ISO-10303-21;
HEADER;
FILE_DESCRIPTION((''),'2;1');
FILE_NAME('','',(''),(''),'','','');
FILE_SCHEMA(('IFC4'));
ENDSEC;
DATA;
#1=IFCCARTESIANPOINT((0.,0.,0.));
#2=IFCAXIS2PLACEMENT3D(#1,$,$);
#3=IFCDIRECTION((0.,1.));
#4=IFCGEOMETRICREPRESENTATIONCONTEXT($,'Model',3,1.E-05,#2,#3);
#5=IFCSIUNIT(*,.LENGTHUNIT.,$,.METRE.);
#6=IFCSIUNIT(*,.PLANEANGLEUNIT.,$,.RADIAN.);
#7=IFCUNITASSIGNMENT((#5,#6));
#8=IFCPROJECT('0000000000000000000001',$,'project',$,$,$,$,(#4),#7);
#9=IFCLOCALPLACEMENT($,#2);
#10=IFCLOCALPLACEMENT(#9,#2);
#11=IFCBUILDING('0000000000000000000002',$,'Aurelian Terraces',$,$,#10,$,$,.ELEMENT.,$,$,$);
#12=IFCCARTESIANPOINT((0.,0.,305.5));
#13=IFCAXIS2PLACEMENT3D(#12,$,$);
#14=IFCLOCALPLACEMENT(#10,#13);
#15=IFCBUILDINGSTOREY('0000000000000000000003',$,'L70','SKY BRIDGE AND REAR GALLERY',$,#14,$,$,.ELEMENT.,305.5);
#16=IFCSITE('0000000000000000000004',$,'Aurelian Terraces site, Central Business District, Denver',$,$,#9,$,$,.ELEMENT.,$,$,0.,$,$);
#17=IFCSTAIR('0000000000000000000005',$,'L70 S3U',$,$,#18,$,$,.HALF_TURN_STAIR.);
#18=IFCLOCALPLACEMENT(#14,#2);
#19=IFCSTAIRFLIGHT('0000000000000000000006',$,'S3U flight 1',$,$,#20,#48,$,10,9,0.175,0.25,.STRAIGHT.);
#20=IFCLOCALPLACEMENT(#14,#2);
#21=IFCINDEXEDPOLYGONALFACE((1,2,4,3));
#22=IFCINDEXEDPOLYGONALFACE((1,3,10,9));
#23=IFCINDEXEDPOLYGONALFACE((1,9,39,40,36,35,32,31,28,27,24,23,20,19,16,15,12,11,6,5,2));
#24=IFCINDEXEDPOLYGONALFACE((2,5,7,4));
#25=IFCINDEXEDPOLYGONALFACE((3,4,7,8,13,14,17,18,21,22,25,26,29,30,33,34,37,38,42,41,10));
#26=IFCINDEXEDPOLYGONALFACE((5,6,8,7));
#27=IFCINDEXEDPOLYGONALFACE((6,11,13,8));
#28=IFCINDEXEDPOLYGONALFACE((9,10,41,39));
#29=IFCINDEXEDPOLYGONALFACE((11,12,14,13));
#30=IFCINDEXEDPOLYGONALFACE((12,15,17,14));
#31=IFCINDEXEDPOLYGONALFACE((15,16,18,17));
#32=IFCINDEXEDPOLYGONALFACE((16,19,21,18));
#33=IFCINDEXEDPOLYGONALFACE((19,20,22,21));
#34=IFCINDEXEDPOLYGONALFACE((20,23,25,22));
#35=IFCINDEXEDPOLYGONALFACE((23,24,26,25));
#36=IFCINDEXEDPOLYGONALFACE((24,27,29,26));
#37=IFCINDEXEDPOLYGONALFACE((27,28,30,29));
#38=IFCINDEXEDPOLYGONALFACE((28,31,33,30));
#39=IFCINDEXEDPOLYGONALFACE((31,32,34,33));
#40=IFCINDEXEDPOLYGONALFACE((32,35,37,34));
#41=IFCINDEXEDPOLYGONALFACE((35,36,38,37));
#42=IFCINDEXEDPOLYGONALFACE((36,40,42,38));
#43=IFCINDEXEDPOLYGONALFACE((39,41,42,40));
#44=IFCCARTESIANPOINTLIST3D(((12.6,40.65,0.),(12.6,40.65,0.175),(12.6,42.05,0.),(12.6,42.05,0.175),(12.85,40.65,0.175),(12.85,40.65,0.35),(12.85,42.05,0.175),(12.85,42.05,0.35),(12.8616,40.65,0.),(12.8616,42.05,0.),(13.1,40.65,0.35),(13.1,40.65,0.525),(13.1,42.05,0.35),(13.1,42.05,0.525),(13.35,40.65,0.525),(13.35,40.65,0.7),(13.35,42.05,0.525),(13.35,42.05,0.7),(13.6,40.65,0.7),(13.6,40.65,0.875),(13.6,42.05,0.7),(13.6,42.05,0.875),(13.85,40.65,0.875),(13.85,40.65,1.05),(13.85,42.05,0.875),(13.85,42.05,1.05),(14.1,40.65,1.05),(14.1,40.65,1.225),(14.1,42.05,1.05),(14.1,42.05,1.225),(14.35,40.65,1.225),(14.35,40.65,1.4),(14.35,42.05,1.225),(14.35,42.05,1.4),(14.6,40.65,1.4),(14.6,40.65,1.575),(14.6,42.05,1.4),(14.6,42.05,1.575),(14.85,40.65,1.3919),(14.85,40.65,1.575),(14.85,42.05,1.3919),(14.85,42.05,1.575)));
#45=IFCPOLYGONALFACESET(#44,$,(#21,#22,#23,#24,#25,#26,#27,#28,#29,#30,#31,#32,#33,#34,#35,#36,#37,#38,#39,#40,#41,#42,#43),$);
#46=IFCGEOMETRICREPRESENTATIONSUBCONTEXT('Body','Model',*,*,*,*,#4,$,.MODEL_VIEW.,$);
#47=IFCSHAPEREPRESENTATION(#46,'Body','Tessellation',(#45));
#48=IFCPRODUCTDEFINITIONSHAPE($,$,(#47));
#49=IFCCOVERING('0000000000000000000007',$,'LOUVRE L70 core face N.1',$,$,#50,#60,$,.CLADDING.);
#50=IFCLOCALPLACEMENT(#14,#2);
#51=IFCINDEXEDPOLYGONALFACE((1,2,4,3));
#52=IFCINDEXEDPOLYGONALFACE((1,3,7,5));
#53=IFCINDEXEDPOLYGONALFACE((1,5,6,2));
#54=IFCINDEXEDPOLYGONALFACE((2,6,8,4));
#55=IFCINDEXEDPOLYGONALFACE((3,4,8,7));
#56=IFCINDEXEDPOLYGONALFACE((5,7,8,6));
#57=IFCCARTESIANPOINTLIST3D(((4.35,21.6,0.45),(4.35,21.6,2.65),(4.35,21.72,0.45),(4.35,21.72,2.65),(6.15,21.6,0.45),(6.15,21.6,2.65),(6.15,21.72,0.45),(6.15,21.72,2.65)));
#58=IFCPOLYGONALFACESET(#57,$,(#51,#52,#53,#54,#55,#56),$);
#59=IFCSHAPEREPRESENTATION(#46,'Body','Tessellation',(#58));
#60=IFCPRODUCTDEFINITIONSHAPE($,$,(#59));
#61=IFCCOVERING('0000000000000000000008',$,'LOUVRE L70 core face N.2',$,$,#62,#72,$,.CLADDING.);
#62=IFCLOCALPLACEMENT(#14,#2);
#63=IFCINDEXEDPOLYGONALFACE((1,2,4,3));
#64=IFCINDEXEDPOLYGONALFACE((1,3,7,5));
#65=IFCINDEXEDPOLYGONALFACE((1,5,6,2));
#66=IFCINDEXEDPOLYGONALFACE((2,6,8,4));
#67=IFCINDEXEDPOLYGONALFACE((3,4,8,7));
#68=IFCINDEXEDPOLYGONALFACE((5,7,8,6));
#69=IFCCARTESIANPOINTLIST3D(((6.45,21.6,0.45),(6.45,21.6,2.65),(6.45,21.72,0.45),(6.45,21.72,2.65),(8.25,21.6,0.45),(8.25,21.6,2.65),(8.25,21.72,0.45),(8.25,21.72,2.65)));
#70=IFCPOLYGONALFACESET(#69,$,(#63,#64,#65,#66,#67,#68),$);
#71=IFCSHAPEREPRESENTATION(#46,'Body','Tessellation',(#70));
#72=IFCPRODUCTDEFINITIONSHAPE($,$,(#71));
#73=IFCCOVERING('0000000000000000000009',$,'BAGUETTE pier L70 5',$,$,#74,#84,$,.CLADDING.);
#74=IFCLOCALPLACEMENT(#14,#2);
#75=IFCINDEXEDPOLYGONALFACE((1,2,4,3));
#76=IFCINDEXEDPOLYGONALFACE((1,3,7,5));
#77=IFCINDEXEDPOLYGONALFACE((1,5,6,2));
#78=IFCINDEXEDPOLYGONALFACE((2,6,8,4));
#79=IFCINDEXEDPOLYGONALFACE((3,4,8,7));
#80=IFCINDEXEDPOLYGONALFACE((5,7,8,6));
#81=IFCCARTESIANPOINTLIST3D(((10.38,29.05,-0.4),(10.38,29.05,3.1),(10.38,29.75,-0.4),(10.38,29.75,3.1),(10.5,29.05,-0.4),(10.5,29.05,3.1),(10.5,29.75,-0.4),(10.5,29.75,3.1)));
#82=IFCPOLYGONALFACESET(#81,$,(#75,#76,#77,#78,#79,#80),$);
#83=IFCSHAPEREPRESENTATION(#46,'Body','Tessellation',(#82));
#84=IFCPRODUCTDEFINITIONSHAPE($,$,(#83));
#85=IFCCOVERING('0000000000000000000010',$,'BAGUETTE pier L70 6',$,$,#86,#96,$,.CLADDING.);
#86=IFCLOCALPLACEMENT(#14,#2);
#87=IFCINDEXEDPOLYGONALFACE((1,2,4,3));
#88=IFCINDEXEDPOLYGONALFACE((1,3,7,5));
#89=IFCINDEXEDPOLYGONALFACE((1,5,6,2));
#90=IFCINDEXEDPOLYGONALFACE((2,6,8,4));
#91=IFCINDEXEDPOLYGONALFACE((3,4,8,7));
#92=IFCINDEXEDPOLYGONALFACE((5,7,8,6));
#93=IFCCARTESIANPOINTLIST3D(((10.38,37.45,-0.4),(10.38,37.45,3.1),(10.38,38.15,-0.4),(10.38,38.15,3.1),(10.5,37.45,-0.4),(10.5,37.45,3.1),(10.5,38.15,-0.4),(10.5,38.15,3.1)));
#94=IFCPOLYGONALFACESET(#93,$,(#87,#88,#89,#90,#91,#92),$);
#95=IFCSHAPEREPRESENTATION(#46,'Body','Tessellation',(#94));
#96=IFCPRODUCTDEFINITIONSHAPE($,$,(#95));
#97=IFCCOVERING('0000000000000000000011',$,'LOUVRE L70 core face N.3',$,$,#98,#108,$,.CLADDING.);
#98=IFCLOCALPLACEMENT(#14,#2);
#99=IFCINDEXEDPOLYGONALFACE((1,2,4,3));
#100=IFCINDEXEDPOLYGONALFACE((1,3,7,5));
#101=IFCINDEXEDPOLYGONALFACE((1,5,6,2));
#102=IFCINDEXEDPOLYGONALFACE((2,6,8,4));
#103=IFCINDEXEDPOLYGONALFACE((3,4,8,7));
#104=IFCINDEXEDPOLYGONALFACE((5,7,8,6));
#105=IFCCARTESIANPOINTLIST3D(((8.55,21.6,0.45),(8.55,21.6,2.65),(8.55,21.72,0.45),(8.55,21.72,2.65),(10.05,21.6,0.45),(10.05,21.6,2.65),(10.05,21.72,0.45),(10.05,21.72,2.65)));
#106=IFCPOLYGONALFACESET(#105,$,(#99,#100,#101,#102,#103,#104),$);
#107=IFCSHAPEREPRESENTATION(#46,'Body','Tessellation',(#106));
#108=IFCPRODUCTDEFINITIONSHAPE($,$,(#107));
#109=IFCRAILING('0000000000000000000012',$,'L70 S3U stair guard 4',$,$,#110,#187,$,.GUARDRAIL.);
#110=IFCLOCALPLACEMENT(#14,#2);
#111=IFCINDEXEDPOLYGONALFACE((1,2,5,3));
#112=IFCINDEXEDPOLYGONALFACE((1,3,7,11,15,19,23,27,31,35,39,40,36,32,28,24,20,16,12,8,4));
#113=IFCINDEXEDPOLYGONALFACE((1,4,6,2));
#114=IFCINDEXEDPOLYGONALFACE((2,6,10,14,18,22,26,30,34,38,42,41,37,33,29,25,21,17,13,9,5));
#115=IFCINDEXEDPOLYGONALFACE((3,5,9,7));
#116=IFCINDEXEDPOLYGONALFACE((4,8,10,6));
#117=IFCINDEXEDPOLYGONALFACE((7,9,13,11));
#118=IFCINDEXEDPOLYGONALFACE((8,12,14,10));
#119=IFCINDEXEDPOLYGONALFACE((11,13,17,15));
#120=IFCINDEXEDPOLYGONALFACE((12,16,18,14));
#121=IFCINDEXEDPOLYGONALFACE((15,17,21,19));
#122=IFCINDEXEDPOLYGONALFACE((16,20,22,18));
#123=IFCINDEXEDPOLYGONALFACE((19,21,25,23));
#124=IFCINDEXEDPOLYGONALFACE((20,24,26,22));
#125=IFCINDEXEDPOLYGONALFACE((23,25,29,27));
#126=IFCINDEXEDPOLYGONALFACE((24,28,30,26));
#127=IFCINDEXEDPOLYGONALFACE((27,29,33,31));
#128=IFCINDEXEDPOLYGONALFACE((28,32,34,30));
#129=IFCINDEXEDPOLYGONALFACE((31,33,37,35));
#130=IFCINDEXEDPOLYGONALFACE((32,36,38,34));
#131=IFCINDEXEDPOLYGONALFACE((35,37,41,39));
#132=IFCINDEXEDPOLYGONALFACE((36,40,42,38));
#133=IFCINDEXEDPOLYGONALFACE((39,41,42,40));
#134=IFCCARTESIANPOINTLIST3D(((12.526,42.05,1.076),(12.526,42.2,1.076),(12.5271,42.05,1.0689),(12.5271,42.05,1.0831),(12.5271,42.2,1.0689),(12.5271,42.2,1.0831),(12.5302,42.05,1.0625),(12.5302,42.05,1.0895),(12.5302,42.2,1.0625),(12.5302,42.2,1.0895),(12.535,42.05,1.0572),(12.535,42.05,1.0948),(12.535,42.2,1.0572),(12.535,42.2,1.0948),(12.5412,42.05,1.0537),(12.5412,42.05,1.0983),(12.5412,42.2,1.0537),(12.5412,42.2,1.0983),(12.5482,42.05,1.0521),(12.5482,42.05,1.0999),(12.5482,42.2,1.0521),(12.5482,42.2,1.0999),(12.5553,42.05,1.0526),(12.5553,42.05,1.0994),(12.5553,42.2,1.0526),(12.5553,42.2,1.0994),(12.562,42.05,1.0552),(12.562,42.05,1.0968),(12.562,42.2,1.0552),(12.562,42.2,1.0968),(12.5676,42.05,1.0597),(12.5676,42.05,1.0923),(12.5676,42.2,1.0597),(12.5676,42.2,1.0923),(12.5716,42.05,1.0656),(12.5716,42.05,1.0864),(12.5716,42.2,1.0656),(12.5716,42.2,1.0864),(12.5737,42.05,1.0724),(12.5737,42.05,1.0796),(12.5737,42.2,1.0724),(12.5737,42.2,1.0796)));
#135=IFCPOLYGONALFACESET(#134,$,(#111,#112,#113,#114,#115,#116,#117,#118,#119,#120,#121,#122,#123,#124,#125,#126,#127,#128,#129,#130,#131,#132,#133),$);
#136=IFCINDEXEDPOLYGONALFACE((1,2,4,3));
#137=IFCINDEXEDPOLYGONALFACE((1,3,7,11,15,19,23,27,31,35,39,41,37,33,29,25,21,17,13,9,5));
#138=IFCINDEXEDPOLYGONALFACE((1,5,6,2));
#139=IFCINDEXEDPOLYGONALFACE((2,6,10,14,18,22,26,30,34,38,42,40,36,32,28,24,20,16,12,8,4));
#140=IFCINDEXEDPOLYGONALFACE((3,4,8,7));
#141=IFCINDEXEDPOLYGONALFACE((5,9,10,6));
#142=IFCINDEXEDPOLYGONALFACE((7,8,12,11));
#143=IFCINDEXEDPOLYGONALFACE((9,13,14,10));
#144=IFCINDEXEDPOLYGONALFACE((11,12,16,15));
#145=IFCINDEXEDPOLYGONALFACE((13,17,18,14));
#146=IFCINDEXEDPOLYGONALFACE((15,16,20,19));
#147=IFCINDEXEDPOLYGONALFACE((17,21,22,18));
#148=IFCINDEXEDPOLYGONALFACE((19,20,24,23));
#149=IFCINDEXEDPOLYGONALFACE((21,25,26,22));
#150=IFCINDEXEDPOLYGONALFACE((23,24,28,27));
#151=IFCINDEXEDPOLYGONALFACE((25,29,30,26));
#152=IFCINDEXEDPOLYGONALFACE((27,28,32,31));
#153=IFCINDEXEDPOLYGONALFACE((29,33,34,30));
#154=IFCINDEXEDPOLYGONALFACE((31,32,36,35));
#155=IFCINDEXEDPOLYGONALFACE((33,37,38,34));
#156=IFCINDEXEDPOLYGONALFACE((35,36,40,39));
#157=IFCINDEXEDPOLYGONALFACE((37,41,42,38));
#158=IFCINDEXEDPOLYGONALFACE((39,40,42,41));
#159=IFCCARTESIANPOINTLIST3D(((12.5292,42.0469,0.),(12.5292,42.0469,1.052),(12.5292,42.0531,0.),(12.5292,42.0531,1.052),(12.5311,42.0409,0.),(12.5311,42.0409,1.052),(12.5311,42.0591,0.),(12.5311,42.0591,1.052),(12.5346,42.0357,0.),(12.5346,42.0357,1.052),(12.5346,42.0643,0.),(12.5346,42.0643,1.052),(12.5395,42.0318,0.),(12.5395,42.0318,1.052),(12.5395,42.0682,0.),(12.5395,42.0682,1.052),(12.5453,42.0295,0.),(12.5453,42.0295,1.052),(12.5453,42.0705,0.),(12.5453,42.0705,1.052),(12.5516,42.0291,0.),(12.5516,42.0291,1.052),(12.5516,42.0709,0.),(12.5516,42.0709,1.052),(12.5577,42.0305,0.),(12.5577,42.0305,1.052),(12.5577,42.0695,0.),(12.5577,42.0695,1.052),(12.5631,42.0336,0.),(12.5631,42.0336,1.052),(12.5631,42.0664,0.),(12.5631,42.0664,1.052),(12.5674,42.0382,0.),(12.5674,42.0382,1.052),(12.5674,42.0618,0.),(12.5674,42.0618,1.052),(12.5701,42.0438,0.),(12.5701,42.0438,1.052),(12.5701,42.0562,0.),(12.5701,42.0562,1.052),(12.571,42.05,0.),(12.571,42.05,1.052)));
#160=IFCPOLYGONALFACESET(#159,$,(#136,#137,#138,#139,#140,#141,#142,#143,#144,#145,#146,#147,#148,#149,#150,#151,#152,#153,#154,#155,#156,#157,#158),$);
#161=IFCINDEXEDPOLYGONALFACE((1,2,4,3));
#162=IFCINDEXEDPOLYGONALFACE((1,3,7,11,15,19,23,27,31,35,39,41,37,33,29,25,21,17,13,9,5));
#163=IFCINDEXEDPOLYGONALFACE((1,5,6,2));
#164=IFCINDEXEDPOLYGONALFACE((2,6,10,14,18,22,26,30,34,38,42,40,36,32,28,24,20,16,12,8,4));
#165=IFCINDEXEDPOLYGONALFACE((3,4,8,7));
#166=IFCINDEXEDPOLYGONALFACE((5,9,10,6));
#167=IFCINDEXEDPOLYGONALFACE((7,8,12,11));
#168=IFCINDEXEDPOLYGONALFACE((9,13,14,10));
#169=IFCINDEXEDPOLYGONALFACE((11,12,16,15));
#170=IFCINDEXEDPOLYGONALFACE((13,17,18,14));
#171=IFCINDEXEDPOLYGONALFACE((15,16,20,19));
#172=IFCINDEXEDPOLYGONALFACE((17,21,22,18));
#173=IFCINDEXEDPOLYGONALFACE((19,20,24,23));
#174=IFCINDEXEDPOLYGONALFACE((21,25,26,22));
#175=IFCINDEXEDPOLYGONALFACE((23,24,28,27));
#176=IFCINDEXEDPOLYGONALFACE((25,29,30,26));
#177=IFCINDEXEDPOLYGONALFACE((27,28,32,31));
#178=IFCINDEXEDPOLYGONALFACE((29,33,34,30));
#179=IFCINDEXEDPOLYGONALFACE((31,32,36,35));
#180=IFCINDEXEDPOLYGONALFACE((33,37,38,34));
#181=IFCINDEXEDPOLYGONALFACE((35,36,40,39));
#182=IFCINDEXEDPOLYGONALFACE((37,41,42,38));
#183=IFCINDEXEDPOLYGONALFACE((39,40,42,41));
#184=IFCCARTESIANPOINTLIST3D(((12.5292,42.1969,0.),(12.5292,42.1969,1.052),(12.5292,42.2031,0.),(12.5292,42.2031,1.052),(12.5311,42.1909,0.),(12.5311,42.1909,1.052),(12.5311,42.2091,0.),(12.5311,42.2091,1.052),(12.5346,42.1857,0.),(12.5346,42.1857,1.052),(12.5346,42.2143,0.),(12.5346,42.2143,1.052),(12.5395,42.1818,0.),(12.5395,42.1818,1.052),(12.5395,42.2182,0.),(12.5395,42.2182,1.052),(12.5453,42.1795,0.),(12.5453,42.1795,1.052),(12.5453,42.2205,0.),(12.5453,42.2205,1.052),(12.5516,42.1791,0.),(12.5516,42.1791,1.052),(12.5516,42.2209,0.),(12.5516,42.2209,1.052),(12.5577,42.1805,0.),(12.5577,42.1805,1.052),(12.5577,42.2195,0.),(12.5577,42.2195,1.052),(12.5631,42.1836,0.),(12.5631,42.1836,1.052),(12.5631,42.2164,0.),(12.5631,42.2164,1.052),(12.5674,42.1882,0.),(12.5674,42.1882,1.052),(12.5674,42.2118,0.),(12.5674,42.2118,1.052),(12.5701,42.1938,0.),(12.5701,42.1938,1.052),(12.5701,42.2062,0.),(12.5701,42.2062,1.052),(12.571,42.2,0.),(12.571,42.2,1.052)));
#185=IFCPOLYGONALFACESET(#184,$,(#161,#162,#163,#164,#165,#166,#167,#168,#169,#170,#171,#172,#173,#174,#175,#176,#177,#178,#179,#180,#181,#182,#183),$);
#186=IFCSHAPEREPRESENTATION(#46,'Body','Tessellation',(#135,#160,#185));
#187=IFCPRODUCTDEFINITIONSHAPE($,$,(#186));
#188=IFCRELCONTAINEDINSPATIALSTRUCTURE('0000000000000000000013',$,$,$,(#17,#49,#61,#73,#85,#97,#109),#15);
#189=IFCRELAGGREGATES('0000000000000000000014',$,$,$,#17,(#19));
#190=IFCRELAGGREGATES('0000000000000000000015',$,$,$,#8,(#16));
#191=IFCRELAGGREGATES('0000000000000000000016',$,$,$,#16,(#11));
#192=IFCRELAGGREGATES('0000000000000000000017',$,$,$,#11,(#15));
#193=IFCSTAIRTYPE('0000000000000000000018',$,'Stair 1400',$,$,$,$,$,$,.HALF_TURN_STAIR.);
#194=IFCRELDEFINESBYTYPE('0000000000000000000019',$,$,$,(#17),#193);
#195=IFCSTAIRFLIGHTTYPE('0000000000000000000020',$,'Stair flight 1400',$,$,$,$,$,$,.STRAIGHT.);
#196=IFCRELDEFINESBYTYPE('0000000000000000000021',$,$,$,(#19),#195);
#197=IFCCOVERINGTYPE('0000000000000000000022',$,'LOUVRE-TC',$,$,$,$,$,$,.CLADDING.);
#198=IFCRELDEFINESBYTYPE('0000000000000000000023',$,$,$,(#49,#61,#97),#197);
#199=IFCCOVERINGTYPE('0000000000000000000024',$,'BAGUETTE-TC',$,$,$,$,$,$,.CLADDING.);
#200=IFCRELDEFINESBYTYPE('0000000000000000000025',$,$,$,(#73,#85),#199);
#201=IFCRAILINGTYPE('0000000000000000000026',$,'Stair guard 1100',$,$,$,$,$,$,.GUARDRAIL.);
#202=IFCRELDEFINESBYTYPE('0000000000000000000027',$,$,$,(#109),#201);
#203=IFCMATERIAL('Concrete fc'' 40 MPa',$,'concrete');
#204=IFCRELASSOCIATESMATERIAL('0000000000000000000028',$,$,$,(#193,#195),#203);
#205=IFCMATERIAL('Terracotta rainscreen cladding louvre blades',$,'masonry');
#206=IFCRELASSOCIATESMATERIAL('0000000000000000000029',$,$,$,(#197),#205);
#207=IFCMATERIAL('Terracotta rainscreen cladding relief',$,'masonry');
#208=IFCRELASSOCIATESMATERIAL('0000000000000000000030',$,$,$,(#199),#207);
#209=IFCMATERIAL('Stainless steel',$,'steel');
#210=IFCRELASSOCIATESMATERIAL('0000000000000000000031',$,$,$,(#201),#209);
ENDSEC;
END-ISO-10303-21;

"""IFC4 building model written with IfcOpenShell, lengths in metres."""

from ifc_helpers import new_model, si_unit, direction, frame, origin, origin_2d, place, context, subcontext, project, spatial, polyline, rectangle, circle, outline, extrude, source, transform, mapped, material, type_object, element, aggregate, save


model = new_model("IFC4")

# Units and contexts
model_context = context("Model", 3, precision=1e-05, world=origin(), true_north=direction((0.0, 1.0)))
body_context = subcontext(model_context, "Body", "Model", "MODEL_VIEW")
ifc_project = project(units=[si_unit("LENGTHUNIT", "METRE"), si_unit("PLANEANGLEUNIT", "RADIAN")], contexts=[model_context])

# Site, building, storey
site_placement = place(None, origin())
site = spatial("IfcSite", under=ifc_project, at=site_placement, Name="Aurelian Terraces site, Central Business District, Denver", CompositionType="ELEMENT", RefElevation=0.0)
building_placement = place(site_placement, origin())
building = spatial("IfcBuilding", under=site, at=building_placement, Name="Aurelian Terraces", CompositionType="ELEMENT")
storey_placement = place(building_placement, frame((0.0, 0.0, 305.5)))
storey = spatial("IfcBuildingStorey", under=building, at=storey_placement, Name="L70", Description="SKY BRIDGE AND REAR GALLERY", CompositionType="ELEMENT", Elevation=305.5)

# Shared definitions
ifc_material_1 = material(Name="Concrete fc' 40 MPa", Category="concrete")

# Stair, stair flight
stair_type = type_object("IfcStairType", Name="Stair 1400", PredefinedType="HALF_TURN_STAIR", material=ifc_material_1)
stair_placement = place(storey_placement, origin())
stair = element("IfcStair", 1, at=stair_placement, inside=storey, type_object=stair_type, Name="L70 S3U", PredefinedType="HALF_TURN_STAIR")
stair_flight_type = type_object("IfcStairFlightType", Name="Stair flight 1400", PredefinedType="STRAIGHT", material=ifc_material_1)
shared_shape_1 = source(origin(), body_context, "Body", "SweptSolid", [
    extrude(outline(polyline([(0.0, 0.0), (0.0, 0.175), (0.25, 0.175), (0.25, 0.35), (0.5, 0.35), (0.5, 0.525), (0.75, 0.525), (0.75, 0.7), (1.0, 0.7), (1.0, 0.875), (1.25, 0.875), (1.25, 1.05), (1.5, 1.05), (1.5, 1.225), (1.75, 1.225), (1.75, 1.4), (2.0, 1.4), (2.0, 1.575), (2.25, 1.575), (2.25, 1.75), (2.25, 1.3919), (0.2616, 0.0), (0.0, 0.0)])), frame((0.0, 0.7, 0.0), z_axis=(0.0, -1.0, 0.0), x_axis=(1.0, 0.0, 0.0)), (0.0, 0.0, 1.0), 1.4),
])
stair_flight_placement = place(storey_placement, frame((12.6, 41.35, 0.0), z_axis=(0.0, 0.0, 1.0), x_axis=(1.0, 0.0, 0.0)))
stair_flight = element("IfcStairFlight", 2, at=stair_flight_placement, type_object=stair_flight_type, Name="S3U flight 1", NumberOfRisers=10, NumberOfTreads=9, PredefinedType="STRAIGHT", RiserHeight=0.175, TreadLength=0.25, context=body_context, shape_type="MappedRepresentation", body=[
    mapped(shared_shape_1, transform((0.0, 0.0, 0.0), scale=1.0)),
])
aggregate(stair, [stair_flight])

# Coverings
ifc_material_2 = material(Name="Terracotta rainscreen cladding louvre blades", Category="masonry")
covering_type_1 = type_object("IfcCoveringType", Name="LOUVRE-TC", PredefinedType="CLADDING", material=ifc_material_2)
shared_shape_2 = source(origin(), body_context, "Body", "SweptSolid", [
    extrude(rectangle(XDim=1.8, YDim=0.12, at=origin_2d()), origin(), (0.0, 0.0, 1.0), 2.2),
])
for number, where, z_axis, x_axis, name in (
    (3, (5.25, 21.66, 0.45), (0.0, 0.0, 1.0), (1.0, 0.0, 0.0), "LOUVRE L70 core face N.1"),
    (4, (7.35, 21.66, 0.45), (0.0, 0.0, 1.0), (1.0, 0.0, 0.0), "LOUVRE L70 core face N.2"),
):
    element("IfcCovering", number, at=place(storey_placement, frame(where, z_axis=z_axis, x_axis=x_axis)), inside=storey, type_object=covering_type_1, Name=name, PredefinedType="CLADDING", context=body_context, shape_type="MappedRepresentation", body=[
        mapped(shared_shape_2, transform((0.0, 0.0, 0.0), scale=1.0)),
    ])
ifc_material_3 = material(Name="Terracotta rainscreen cladding relief", Category="masonry")
covering_type_2 = type_object("IfcCoveringType", Name="BAGUETTE-TC", PredefinedType="CLADDING", material=ifc_material_3)
shared_shape_3 = source(origin(), body_context, "Body", "SweptSolid", [
    extrude(rectangle(XDim=0.12, YDim=0.7, at=origin_2d()), origin(), (0.0, 0.0, 1.0), 3.5),
])
for number, where, z_axis, x_axis, name in (
    (5, (10.44, 29.4, -0.4), (0.0, 0.0, 1.0), (1.0, 0.0, 0.0), "BAGUETTE pier L70 5"),
    (6, (10.44, 37.8, -0.4), (0.0, 0.0, 1.0), (1.0, 0.0, 0.0), "BAGUETTE pier L70 6"),
):
    element("IfcCovering", number, at=place(storey_placement, frame(where, z_axis=z_axis, x_axis=x_axis)), inside=storey, type_object=covering_type_2, Name=name, PredefinedType="CLADDING", context=body_context, shape_type="MappedRepresentation", body=[
        mapped(shared_shape_3, transform((0.0, 0.0, 0.0), scale=1.0)),
    ])
shared_shape_4 = source(origin(), body_context, "Body", "SweptSolid", [
    extrude(rectangle(XDim=1.5, YDim=0.12, at=origin_2d()), origin(), (0.0, 0.0, 1.0), 2.2),
])
covering_placement = place(storey_placement, frame((9.3, 21.66, 0.45), z_axis=(0.0, 0.0, 1.0), x_axis=(1.0, 0.0, 0.0)))
element("IfcCovering", 7, at=covering_placement, inside=storey, type_object=covering_type_1, Name="LOUVRE L70 core face N.3", PredefinedType="CLADDING", context=body_context, shape_type="MappedRepresentation", body=[
    mapped(shared_shape_4, transform((0.0, 0.0, 0.0), scale=1.0)),
])

# Railing
ifc_material_4 = material(Name="Stainless steel", Category="steel")
railing_type_1 = type_object("IfcRailingType", Name="Stair guard 1100", PredefinedType="GUARDRAIL", material=ifc_material_4)
shared_shape_5 = source(origin(), body_context, "Body", "SweptSolid", [
    extrude(circle(Radius=0.024, at=origin_2d()), frame((0.0, 0.0, 1.076), z_axis=(0.0, 1.0, 0.0), x_axis=(-1.0, 0.0, 0.0)), (0.0, 0.0, 1.0), 0.15),
    extrude(circle(Radius=0.021, at=origin_2d()), origin(), (0.0, 0.0, 1.0), 1.052),
    extrude(circle(Radius=0.021, at=origin_2d()), frame((0.0, 0.15, 0.0)), (0.0, 0.0, 1.0), 1.052),
])
railing_1_placement = place(storey_placement, frame((12.55, 42.05, 0.0)))
element("IfcRailing", 8, at=railing_1_placement, inside=storey, type_object=railing_type_1, Name="L70 S3U stair guard 4", PredefinedType="GUARDRAIL", context=body_context, shape_type="MappedRepresentation", body=[
    mapped(shared_shape_5, transform((0.0, 0.0, 0.0), scale=1.0)),
])

save(model, "model.ifc")
